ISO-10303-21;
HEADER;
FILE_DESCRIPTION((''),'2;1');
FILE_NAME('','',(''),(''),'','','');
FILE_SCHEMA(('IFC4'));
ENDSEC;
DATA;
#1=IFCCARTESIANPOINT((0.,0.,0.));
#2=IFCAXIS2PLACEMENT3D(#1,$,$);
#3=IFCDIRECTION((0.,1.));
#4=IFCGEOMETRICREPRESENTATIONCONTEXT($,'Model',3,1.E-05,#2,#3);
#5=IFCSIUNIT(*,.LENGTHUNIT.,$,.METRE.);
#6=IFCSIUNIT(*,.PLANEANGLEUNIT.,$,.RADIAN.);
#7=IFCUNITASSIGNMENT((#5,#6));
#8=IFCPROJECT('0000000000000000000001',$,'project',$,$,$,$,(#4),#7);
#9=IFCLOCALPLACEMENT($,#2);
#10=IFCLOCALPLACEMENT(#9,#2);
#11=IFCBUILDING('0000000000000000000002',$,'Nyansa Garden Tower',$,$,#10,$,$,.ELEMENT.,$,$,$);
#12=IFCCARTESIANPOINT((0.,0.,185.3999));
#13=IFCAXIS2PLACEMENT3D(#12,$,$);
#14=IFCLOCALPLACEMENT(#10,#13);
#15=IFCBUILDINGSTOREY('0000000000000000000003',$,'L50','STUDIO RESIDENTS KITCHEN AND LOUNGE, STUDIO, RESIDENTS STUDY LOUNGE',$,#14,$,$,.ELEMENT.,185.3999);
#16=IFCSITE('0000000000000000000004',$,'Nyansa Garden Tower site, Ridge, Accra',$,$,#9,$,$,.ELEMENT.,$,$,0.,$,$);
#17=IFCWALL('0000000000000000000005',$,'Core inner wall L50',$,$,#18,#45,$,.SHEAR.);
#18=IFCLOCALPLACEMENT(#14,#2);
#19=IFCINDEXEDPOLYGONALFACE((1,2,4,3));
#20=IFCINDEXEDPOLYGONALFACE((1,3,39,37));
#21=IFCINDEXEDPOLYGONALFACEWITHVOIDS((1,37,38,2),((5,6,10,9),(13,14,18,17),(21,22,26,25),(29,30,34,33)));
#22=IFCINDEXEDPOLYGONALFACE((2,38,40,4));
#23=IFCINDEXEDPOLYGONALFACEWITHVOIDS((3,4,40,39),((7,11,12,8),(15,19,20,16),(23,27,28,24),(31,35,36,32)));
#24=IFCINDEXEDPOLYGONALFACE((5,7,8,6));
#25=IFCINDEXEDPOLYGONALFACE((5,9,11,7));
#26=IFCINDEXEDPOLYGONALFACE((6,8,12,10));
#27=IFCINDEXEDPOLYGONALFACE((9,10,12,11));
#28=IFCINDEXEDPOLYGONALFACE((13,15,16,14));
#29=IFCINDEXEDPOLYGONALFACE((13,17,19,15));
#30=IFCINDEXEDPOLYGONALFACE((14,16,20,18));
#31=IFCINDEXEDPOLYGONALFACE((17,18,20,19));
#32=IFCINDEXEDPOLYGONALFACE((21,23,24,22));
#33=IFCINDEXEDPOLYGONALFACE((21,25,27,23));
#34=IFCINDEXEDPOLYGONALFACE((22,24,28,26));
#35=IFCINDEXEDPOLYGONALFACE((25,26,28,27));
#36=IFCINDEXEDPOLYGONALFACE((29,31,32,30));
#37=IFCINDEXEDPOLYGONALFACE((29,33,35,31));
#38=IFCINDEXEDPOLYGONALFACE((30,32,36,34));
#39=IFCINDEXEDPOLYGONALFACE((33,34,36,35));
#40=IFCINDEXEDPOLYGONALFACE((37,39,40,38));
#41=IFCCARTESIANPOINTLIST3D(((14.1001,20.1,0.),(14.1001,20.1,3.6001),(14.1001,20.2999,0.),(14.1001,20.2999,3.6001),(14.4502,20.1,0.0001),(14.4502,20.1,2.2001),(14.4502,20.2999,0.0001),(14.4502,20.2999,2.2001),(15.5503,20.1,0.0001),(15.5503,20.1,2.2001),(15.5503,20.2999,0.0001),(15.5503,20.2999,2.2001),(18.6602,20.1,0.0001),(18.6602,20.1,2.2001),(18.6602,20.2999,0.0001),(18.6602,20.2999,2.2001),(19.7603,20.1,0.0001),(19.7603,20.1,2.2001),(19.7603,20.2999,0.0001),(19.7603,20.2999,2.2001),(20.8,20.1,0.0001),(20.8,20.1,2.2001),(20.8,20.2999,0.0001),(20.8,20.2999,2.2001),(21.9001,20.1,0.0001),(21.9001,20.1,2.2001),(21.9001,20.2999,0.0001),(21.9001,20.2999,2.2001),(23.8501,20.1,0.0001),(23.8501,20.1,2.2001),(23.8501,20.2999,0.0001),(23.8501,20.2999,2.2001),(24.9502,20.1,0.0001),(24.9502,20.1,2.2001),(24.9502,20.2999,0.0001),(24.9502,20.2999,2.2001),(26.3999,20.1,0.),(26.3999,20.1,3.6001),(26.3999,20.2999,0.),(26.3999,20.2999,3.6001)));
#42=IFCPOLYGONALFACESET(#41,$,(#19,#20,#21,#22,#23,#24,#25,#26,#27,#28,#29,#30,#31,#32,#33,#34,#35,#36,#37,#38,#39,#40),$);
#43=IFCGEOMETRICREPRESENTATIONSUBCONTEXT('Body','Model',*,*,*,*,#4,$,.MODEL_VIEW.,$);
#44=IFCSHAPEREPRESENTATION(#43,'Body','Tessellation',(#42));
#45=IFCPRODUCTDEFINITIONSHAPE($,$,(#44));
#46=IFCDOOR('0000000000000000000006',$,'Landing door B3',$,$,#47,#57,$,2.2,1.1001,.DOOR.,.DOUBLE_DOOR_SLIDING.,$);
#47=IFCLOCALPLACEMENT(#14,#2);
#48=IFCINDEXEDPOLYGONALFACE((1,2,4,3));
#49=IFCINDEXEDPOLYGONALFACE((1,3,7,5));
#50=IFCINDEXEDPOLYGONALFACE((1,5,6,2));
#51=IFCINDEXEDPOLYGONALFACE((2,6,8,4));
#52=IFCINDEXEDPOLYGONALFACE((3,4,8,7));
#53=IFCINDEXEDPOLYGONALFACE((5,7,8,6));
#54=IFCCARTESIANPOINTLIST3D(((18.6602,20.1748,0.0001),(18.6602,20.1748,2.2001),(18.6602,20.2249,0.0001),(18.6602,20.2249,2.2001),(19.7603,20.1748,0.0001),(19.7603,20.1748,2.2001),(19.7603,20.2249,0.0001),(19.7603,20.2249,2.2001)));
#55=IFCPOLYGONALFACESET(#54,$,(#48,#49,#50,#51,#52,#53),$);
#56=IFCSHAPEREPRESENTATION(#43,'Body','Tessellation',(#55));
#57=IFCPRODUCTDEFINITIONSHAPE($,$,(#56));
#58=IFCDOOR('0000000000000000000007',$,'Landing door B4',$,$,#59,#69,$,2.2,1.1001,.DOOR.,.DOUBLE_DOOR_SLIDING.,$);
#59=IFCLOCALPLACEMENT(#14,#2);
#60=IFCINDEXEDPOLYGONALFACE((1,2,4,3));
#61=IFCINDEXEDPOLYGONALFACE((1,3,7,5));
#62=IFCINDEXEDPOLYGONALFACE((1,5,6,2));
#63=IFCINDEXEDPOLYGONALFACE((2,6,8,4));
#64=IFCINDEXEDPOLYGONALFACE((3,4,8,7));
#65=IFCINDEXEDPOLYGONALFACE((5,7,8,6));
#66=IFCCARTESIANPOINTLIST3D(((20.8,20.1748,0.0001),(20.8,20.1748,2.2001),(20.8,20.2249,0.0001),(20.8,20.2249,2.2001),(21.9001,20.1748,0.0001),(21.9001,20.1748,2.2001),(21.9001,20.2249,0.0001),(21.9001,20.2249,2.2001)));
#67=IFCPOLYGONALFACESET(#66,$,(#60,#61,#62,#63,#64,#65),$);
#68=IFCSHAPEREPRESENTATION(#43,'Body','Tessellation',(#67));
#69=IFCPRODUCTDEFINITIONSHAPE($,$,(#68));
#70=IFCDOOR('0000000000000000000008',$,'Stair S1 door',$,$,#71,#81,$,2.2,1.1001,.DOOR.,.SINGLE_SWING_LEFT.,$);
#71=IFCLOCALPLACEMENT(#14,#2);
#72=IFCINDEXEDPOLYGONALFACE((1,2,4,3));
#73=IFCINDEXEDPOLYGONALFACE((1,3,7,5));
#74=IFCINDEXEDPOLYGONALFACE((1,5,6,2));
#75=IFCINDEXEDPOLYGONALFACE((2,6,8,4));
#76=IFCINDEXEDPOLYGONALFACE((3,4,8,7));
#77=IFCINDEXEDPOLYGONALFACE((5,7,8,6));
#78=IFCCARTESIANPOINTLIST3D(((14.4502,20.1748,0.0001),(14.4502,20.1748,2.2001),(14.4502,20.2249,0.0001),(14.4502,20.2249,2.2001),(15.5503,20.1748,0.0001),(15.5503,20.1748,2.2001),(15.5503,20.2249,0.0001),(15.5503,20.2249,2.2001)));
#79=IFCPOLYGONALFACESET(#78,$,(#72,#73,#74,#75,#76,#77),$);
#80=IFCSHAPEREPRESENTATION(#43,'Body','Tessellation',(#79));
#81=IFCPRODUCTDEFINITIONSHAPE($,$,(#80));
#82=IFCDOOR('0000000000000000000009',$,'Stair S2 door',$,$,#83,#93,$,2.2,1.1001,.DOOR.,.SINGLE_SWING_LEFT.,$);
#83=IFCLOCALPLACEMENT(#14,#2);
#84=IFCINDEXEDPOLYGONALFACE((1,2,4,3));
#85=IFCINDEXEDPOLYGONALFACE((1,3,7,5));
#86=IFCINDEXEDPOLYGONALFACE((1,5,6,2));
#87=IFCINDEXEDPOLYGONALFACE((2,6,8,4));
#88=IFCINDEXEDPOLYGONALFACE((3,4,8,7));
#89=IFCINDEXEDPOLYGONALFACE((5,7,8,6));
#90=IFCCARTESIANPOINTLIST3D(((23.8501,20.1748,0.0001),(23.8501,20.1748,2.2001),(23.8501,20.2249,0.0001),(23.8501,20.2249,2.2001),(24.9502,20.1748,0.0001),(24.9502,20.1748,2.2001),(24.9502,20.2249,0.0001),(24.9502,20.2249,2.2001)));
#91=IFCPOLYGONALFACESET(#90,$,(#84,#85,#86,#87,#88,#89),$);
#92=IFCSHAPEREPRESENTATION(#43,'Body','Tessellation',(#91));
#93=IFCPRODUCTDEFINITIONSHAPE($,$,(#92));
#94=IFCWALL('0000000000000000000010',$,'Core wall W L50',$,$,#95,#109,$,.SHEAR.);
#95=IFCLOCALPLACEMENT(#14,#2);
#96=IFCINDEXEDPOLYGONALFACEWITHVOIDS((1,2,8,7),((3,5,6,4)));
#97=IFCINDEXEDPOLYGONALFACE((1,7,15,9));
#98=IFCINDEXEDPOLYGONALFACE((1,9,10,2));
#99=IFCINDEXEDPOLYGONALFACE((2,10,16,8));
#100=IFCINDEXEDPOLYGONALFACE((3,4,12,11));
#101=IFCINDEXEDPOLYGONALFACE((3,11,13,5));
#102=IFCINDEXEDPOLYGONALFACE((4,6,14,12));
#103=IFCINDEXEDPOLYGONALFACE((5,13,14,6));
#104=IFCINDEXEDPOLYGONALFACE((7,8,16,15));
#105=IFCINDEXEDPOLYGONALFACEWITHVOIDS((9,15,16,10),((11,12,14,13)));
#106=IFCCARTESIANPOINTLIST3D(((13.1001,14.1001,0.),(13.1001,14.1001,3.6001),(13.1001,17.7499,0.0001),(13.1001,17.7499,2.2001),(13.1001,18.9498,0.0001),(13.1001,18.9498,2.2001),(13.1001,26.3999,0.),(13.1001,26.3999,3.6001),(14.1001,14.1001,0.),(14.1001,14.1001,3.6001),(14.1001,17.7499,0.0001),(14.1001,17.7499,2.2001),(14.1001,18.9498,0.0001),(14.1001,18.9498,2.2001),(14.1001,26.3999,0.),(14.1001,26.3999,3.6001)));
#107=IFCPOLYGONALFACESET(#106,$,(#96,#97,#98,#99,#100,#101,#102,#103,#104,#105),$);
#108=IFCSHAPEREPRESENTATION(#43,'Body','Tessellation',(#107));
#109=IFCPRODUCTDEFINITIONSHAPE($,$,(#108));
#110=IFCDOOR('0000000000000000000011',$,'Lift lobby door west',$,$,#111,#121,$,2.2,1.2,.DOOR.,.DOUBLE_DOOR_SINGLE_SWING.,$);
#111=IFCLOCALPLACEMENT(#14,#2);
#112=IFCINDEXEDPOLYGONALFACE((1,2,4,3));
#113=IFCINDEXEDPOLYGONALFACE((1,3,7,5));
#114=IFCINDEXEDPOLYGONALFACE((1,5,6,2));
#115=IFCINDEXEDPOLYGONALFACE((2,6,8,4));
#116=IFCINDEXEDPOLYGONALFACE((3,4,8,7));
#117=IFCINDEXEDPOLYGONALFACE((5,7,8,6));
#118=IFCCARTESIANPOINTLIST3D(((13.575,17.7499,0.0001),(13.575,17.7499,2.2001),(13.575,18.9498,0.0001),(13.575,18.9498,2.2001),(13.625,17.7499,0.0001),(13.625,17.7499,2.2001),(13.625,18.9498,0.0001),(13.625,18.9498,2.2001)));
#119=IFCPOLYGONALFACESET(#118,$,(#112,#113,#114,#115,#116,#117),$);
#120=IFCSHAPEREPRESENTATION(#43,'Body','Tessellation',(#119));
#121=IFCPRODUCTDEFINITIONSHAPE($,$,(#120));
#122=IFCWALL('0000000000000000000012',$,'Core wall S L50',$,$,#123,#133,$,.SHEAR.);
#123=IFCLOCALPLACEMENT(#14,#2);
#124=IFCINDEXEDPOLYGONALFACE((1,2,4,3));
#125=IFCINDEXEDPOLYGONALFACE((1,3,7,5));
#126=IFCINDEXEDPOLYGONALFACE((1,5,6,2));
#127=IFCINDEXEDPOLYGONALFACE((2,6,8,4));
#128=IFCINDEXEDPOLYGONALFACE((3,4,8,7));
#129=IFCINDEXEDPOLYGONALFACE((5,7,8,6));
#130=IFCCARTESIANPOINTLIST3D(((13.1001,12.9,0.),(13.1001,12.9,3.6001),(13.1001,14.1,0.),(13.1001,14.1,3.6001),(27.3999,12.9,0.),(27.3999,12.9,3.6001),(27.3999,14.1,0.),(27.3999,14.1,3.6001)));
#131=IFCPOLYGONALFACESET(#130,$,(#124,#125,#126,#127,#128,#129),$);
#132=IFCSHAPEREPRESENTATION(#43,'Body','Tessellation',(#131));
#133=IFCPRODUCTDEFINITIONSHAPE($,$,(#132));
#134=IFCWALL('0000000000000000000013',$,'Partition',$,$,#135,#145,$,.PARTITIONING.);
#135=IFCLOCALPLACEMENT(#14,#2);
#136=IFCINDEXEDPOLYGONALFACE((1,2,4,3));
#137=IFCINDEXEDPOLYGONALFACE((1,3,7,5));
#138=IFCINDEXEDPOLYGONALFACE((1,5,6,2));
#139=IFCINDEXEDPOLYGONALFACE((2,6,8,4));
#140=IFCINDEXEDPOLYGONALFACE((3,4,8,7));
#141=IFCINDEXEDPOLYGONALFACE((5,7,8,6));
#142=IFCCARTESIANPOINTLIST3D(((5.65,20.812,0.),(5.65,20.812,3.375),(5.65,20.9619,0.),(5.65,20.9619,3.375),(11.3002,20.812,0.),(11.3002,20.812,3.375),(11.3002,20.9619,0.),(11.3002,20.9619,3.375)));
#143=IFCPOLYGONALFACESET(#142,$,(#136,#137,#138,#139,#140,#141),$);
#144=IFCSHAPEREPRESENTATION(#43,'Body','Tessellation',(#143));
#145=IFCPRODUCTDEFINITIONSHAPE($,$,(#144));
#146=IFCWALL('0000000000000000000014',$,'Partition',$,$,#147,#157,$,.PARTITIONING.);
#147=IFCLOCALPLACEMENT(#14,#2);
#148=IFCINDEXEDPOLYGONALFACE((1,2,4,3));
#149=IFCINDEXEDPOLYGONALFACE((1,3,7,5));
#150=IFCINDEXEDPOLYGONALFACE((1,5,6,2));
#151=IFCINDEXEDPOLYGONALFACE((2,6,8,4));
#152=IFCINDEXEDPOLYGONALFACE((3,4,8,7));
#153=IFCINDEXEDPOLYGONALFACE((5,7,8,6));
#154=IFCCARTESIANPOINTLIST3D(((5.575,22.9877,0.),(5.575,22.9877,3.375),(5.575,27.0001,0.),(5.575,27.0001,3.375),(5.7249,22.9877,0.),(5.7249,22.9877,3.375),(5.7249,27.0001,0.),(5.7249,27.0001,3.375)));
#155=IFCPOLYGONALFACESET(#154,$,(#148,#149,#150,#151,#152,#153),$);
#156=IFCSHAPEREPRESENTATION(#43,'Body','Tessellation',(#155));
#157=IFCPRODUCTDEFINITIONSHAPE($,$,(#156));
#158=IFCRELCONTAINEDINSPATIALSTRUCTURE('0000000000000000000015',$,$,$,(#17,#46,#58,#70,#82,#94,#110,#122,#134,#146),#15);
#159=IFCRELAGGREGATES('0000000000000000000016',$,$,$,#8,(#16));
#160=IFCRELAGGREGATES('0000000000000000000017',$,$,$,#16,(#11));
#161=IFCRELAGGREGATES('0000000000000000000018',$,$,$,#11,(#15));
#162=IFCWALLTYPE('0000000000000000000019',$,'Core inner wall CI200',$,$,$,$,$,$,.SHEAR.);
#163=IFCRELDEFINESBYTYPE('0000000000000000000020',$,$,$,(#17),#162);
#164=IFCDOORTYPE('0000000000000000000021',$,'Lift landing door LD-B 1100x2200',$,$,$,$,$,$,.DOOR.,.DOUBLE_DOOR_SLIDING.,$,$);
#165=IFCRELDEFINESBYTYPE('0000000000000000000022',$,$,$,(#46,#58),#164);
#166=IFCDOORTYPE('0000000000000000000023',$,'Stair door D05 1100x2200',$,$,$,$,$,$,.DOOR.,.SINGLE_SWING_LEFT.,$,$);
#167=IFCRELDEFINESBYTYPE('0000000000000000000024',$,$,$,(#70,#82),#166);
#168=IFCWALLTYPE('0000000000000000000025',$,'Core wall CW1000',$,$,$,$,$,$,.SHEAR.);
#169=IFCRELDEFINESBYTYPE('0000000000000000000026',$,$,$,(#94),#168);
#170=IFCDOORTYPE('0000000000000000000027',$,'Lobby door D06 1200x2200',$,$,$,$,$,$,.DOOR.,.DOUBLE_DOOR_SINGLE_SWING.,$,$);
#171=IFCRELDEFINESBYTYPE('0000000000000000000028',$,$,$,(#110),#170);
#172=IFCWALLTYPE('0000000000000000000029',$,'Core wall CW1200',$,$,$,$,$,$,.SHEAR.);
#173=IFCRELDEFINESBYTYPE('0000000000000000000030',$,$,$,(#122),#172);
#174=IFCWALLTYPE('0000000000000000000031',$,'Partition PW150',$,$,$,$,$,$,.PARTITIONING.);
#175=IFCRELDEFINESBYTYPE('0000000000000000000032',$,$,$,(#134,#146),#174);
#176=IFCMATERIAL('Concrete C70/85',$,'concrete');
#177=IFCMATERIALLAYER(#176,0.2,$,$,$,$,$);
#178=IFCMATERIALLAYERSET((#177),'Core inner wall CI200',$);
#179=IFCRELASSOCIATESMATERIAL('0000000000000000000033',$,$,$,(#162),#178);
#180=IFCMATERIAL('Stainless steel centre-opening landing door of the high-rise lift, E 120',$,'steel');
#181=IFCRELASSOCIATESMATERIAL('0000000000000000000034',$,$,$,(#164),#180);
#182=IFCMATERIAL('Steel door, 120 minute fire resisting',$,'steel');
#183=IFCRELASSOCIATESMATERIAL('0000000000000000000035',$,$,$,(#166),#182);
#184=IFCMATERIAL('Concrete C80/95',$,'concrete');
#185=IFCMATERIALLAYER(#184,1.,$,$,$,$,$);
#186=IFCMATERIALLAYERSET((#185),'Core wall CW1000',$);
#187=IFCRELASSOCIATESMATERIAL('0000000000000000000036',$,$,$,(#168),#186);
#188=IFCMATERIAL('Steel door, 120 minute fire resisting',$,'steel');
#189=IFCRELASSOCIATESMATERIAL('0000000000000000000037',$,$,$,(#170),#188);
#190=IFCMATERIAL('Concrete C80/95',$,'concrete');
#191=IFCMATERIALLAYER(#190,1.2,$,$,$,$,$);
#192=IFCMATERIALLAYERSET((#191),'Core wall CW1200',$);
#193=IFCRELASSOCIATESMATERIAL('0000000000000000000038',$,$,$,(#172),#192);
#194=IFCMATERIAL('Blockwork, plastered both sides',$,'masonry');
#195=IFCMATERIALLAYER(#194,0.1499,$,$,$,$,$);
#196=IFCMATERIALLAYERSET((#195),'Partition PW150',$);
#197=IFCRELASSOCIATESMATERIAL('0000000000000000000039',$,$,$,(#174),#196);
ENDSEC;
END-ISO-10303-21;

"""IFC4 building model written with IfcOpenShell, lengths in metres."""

from ifc_helpers import new_model, si_unit, direction, frame, frame_2d, origin, place, context, subcontext, project, spatial, rectangle, extrude, material, layer, layer_set, type_object, element, fill, save


model = new_model("IFC4")

# Units and contexts
model_context = context("Model", 3, precision=1e-05, world=origin(), true_north=direction((0.0, 1.0)))
body_context = subcontext(model_context, "Body", "Model", "MODEL_VIEW")
ifc_project = project(units=[si_unit("LENGTHUNIT", "METRE"), si_unit("PLANEANGLEUNIT", "RADIAN")], contexts=[model_context])

# Site, building, storey
site_placement = place(None, origin())
site = spatial("IfcSite", under=ifc_project, at=site_placement, Name="Nyansa Garden Tower site, Ridge, Accra", CompositionType="ELEMENT", RefElevation=0.0)
building_placement = place(site_placement, origin())
building = spatial("IfcBuilding", under=site, at=building_placement, Name="Nyansa Garden Tower", CompositionType="ELEMENT")
storey_placement = place(building_placement, frame((0.0, 0.0, 185.3999)))
storey = spatial("IfcBuildingStorey", under=building, at=storey_placement, Name="L50", Description="STUDIO RESIDENTS KITCHEN AND LOUNGE, STUDIO, RESIDENTS STUDY LOUNGE", CompositionType="ELEMENT", Elevation=185.3999)

# Wall, openings, doors
ifc_material_1 = material(Name="Concrete C70/85", Category="concrete")
ifc_layer_1 = layer(ifc_material_1, 0.2)
ifc_layer_set_1 = layer_set([ifc_layer_1], Name="Core inner wall CI200")
wall_type_1 = type_object("IfcWallType", Name="Core inner wall CI200", PredefinedType="SHEAR", material=ifc_layer_set_1)
ifc_material_2 = material(Name="Stainless steel centre-opening landing door of the high-rise lift, E 120", Category="steel")
door_type_1 = type_object("IfcDoorType", Name="Lift landing door LD-B 1100x2200", OperationType="DOUBLE_DOOR_SLIDING", PredefinedType="DOOR", material=ifc_material_2)
wall_1_placement = place(storey_placement, frame((14.1001, 20.2, 0.0), z_axis=(0.0, 0.0, 1.0), x_axis=(1.0, 0.0, 0.0)))
wall_1 = element("IfcWall", 1, at=wall_1_placement, inside=storey, type_object=wall_type_1, Name="Core inner wall L50", PredefinedType="SHEAR", context=body_context, shape_type="SweptSolid", body=[
    extrude(rectangle(XDim=12.2998, YDim=0.2, at=frame_2d((6.1499, 0.0))), origin(), (0.0, 0.0, 1.0), 3.6001),
])
opening_1_placement = place(wall_1_placement, frame((4.5601, 0.0, 0.0)))
opening_1 = element("IfcOpeningElement", 2, at=opening_1_placement, cuts=wall_1, PredefinedType="OPENING", context=body_context, shape_type="SweptSolid", body=[
    extrude(rectangle(XDim=1.1001, YDim=2.2, at=frame_2d((0.55, 1.1001))), frame((0.0, 0.1099, 0.0), z_axis=(0.0, -1.0, 0.0), x_axis=(1.0, 0.0, 0.0)), (0.0, 0.0, 1.0), 0.22),
])
opening_2_placement = place(wall_1_placement, frame((6.7, 0.0, 0.0)))
opening_2 = element("IfcOpeningElement", 3, at=opening_2_placement, cuts=wall_1, PredefinedType="OPENING", context=body_context, shape_type="SweptSolid", body=[
    extrude(rectangle(XDim=1.1001, YDim=2.2, at=frame_2d((0.55, 1.1001))), frame((0.0, 0.1099, 0.0), z_axis=(0.0, -1.0, 0.0), x_axis=(1.0, 0.0, 0.0)), (0.0, 0.0, 1.0), 0.22),
])
opening_3_placement = place(wall_1_placement, frame((0.3501, 0.0, 0.0)))
opening_3 = element("IfcOpeningElement", 4, at=opening_3_placement, cuts=wall_1, PredefinedType="OPENING", context=body_context, shape_type="SweptSolid", body=[
    extrude(rectangle(XDim=1.1001, YDim=2.2, at=frame_2d((0.55, 1.1001))), frame((0.0, 0.1099, 0.0), z_axis=(0.0, -1.0, 0.0), x_axis=(1.0, 0.0, 0.0)), (0.0, 0.0, 1.0), 0.22),
])
opening_4_placement = place(wall_1_placement, frame((9.75, 0.0, 0.0)))
opening_4 = element("IfcOpeningElement", 5, at=opening_4_placement, cuts=wall_1, PredefinedType="OPENING", context=body_context, shape_type="SweptSolid", body=[
    extrude(rectangle(XDim=1.1001, YDim=2.2, at=frame_2d((0.55, 1.1001))), frame((0.0, 0.1099, 0.0), z_axis=(0.0, -1.0, 0.0), x_axis=(1.0, 0.0, 0.0)), (0.0, 0.0, 1.0), 0.22),
])
door_1_placement = place(opening_1_placement, origin())
door_1 = element("IfcDoor", 6, at=door_1_placement, inside=storey, type_object=door_type_1, Name="Landing door B3", OperationType="DOUBLE_DOOR_SLIDING", OverallHeight=2.2, OverallWidth=1.1001, PredefinedType="DOOR", context=body_context, shape_type="SweptSolid", body=[
    extrude(rectangle(XDim=1.1001, YDim=2.2, at=frame_2d((0.55, 1.1001))), frame((0.0, 0.0249, 0.0), z_axis=(0.0, -1.0, 0.0), x_axis=(1.0, 0.0, 0.0)), (0.0, 0.0, 1.0), 0.05),
])
fill(opening_1, door_1)
door_2_placement = place(opening_2_placement, origin())
door_2 = element("IfcDoor", 7, at=door_2_placement, inside=storey, type_object=door_type_1, Name="Landing door B4", OperationType="DOUBLE_DOOR_SLIDING", OverallHeight=2.2, OverallWidth=1.1001, PredefinedType="DOOR", context=body_context, shape_type="SweptSolid", body=[
    extrude(rectangle(XDim=1.1001, YDim=2.2, at=frame_2d((0.55, 1.1001))), frame((0.0, 0.0249, 0.0), z_axis=(0.0, -1.0, 0.0), x_axis=(1.0, 0.0, 0.0)), (0.0, 0.0, 1.0), 0.05),
])
fill(opening_2, door_2)
ifc_material_3 = material(Name="Steel door, 120 minute fire resisting", Category="steel")
door_type_2 = type_object("IfcDoorType", Name="Stair door D05 1100x2200", OperationType="SINGLE_SWING_LEFT", PredefinedType="DOOR", material=ifc_material_3)
door_3_placement = place(opening_3_placement, origin())
door_3 = element("IfcDoor", 8, at=door_3_placement, inside=storey, type_object=door_type_2, Name="Stair S1 door", OperationType="SINGLE_SWING_LEFT", OverallHeight=2.2, OverallWidth=1.1001, PredefinedType="DOOR", context=body_context, shape_type="SweptSolid", body=[
    extrude(rectangle(XDim=1.1001, YDim=2.2, at=frame_2d((0.55, 1.1001))), frame((0.0, 0.0249, 0.0), z_axis=(0.0, -1.0, 0.0), x_axis=(1.0, 0.0, 0.0)), (0.0, 0.0, 1.0), 0.05),
])
fill(opening_3, door_3)
door_4_placement = place(opening_4_placement, origin())
door_4 = element("IfcDoor", 9, at=door_4_placement, inside=storey, type_object=door_type_2, Name="Stair S2 door", OperationType="SINGLE_SWING_LEFT", OverallHeight=2.2, OverallWidth=1.1001, PredefinedType="DOOR", context=body_context, shape_type="SweptSolid", body=[
    extrude(rectangle(XDim=1.1001, YDim=2.2, at=frame_2d((0.55, 1.1001))), frame((0.0, 0.0249, 0.0), z_axis=(0.0, -1.0, 0.0), x_axis=(1.0, 0.0, 0.0)), (0.0, 0.0, 1.0), 0.05),
])
fill(opening_4, door_4)

# Wall, opening, door
ifc_material_4 = material(Name="Concrete C80/95", Category="concrete")
ifc_layer_2 = layer(ifc_material_4, 1.0)
ifc_layer_set_2 = layer_set([ifc_layer_2], Name="Core wall CW1000")
wall_type_2 = type_object("IfcWallType", Name="Core wall CW1000", PredefinedType="SHEAR", material=ifc_layer_set_2)
wall_2_placement = place(storey_placement, frame((13.6001, 26.3999, 0.0), z_axis=(0.0, 0.0, 1.0), x_axis=(0.0, -1.0, 0.0)))
wall_2 = element("IfcWall", 10, at=wall_2_placement, inside=storey, type_object=wall_type_2, Name="Core wall W L50", PredefinedType="SHEAR", context=body_context, shape_type="SweptSolid", body=[
    extrude(rectangle(XDim=12.2998, YDim=1.0, at=frame_2d((6.1499, 0.0))), origin(), (0.0, 0.0, 1.0), 3.6001),
])
opening_5_placement = place(wall_2_placement, frame((7.45, 0.0, 0.0)))
opening_5 = element("IfcOpeningElement", 11, at=opening_5_placement, cuts=wall_2, PredefinedType="OPENING", context=body_context, shape_type="SweptSolid", body=[
    extrude(rectangle(XDim=1.2, YDim=2.2, at=frame_2d((0.6001, 1.1001))), frame((0.0, 0.51, 0.0), z_axis=(0.0, -1.0, 0.0), x_axis=(1.0, 0.0, 0.0)), (0.0, 0.0, 1.0), 1.02),
])
ifc_material_5 = material(Name="Steel door, 120 minute fire resisting", Category="steel")
door_type_3 = type_object("IfcDoorType", Name="Lobby door D06 1200x2200", OperationType="DOUBLE_DOOR_SINGLE_SWING", PredefinedType="DOOR", material=ifc_material_5)
door_5_placement = place(opening_5_placement, origin())
door_5 = element("IfcDoor", 12, at=door_5_placement, inside=storey, type_object=door_type_3, Name="Lift lobby door west", OperationType="DOUBLE_DOOR_SINGLE_SWING", OverallHeight=2.2, OverallWidth=1.2, PredefinedType="DOOR", context=body_context, shape_type="SweptSolid", body=[
    extrude(rectangle(XDim=1.2, YDim=2.2, at=frame_2d((0.6001, 1.1001))), frame((0.0, 0.0249, 0.0), z_axis=(0.0, -1.0, 0.0), x_axis=(1.0, 0.0, 0.0)), (0.0, 0.0, 1.0), 0.05),
])
fill(opening_5, door_5)

# Walls
ifc_material_6 = material(Name="Concrete C80/95", Category="concrete")
ifc_layer_3 = layer(ifc_material_6, 1.2)
ifc_layer_set_3 = layer_set([ifc_layer_3], Name="Core wall CW1200")
wall_type_3 = type_object("IfcWallType", Name="Core wall CW1200", PredefinedType="SHEAR", material=ifc_layer_set_3)
wall_3_placement = place(storey_placement, frame((13.1001, 13.5, 0.0), z_axis=(0.0, 0.0, 1.0), x_axis=(1.0, 0.0, 0.0)))
element("IfcWall", 13, at=wall_3_placement, inside=storey, type_object=wall_type_3, Name="Core wall S L50", PredefinedType="SHEAR", context=body_context, shape_type="SweptSolid", body=[
    extrude(rectangle(XDim=14.2998, YDim=1.2, at=frame_2d((7.1499, 0.0))), origin(), (0.0, 0.0, 1.0), 3.6001),
])
ifc_material_7 = material(Name="Blockwork, plastered both sides", Category="masonry")
ifc_layer_4 = layer(ifc_material_7, 0.1499)
ifc_layer_set_4 = layer_set([ifc_layer_4], Name="Partition PW150")
wall_type_4 = type_object("IfcWallType", Name="Partition PW150", PredefinedType="PARTITIONING", material=ifc_layer_set_4)
wall_4_placement = place(storey_placement, frame((5.6499, 20.887, 0.0), z_axis=(0.0, 0.0, 1.0), x_axis=(1.0, 0.0, 0.0)))
element("IfcWall", 14, at=wall_4_placement, inside=storey, type_object=wall_type_4, Name="Partition", PredefinedType="PARTITIONING", context=body_context, shape_type="SweptSolid", body=[
    extrude(rectangle(XDim=5.6501, YDim=0.1499, at=frame_2d((2.8252, 0.0))), origin(), (0.0, 0.0, 1.0), 3.375),
])
wall_5_placement = place(storey_placement, frame((5.6499, 22.9875, 0.0), z_axis=(0.0, 0.0, 1.0), x_axis=(0.0, 1.0, 0.0)))
element("IfcWall", 15, at=wall_5_placement, inside=storey, type_object=wall_type_4, Name="Partition", PredefinedType="PARTITIONING", context=body_context, shape_type="SweptSolid", body=[
    extrude(rectangle(XDim=4.0125, YDim=0.1499, at=frame_2d((2.0063, 0.0))), origin(), (0.0, 0.0, 1.0), 3.375),
])

save(model, "model.ifc")
